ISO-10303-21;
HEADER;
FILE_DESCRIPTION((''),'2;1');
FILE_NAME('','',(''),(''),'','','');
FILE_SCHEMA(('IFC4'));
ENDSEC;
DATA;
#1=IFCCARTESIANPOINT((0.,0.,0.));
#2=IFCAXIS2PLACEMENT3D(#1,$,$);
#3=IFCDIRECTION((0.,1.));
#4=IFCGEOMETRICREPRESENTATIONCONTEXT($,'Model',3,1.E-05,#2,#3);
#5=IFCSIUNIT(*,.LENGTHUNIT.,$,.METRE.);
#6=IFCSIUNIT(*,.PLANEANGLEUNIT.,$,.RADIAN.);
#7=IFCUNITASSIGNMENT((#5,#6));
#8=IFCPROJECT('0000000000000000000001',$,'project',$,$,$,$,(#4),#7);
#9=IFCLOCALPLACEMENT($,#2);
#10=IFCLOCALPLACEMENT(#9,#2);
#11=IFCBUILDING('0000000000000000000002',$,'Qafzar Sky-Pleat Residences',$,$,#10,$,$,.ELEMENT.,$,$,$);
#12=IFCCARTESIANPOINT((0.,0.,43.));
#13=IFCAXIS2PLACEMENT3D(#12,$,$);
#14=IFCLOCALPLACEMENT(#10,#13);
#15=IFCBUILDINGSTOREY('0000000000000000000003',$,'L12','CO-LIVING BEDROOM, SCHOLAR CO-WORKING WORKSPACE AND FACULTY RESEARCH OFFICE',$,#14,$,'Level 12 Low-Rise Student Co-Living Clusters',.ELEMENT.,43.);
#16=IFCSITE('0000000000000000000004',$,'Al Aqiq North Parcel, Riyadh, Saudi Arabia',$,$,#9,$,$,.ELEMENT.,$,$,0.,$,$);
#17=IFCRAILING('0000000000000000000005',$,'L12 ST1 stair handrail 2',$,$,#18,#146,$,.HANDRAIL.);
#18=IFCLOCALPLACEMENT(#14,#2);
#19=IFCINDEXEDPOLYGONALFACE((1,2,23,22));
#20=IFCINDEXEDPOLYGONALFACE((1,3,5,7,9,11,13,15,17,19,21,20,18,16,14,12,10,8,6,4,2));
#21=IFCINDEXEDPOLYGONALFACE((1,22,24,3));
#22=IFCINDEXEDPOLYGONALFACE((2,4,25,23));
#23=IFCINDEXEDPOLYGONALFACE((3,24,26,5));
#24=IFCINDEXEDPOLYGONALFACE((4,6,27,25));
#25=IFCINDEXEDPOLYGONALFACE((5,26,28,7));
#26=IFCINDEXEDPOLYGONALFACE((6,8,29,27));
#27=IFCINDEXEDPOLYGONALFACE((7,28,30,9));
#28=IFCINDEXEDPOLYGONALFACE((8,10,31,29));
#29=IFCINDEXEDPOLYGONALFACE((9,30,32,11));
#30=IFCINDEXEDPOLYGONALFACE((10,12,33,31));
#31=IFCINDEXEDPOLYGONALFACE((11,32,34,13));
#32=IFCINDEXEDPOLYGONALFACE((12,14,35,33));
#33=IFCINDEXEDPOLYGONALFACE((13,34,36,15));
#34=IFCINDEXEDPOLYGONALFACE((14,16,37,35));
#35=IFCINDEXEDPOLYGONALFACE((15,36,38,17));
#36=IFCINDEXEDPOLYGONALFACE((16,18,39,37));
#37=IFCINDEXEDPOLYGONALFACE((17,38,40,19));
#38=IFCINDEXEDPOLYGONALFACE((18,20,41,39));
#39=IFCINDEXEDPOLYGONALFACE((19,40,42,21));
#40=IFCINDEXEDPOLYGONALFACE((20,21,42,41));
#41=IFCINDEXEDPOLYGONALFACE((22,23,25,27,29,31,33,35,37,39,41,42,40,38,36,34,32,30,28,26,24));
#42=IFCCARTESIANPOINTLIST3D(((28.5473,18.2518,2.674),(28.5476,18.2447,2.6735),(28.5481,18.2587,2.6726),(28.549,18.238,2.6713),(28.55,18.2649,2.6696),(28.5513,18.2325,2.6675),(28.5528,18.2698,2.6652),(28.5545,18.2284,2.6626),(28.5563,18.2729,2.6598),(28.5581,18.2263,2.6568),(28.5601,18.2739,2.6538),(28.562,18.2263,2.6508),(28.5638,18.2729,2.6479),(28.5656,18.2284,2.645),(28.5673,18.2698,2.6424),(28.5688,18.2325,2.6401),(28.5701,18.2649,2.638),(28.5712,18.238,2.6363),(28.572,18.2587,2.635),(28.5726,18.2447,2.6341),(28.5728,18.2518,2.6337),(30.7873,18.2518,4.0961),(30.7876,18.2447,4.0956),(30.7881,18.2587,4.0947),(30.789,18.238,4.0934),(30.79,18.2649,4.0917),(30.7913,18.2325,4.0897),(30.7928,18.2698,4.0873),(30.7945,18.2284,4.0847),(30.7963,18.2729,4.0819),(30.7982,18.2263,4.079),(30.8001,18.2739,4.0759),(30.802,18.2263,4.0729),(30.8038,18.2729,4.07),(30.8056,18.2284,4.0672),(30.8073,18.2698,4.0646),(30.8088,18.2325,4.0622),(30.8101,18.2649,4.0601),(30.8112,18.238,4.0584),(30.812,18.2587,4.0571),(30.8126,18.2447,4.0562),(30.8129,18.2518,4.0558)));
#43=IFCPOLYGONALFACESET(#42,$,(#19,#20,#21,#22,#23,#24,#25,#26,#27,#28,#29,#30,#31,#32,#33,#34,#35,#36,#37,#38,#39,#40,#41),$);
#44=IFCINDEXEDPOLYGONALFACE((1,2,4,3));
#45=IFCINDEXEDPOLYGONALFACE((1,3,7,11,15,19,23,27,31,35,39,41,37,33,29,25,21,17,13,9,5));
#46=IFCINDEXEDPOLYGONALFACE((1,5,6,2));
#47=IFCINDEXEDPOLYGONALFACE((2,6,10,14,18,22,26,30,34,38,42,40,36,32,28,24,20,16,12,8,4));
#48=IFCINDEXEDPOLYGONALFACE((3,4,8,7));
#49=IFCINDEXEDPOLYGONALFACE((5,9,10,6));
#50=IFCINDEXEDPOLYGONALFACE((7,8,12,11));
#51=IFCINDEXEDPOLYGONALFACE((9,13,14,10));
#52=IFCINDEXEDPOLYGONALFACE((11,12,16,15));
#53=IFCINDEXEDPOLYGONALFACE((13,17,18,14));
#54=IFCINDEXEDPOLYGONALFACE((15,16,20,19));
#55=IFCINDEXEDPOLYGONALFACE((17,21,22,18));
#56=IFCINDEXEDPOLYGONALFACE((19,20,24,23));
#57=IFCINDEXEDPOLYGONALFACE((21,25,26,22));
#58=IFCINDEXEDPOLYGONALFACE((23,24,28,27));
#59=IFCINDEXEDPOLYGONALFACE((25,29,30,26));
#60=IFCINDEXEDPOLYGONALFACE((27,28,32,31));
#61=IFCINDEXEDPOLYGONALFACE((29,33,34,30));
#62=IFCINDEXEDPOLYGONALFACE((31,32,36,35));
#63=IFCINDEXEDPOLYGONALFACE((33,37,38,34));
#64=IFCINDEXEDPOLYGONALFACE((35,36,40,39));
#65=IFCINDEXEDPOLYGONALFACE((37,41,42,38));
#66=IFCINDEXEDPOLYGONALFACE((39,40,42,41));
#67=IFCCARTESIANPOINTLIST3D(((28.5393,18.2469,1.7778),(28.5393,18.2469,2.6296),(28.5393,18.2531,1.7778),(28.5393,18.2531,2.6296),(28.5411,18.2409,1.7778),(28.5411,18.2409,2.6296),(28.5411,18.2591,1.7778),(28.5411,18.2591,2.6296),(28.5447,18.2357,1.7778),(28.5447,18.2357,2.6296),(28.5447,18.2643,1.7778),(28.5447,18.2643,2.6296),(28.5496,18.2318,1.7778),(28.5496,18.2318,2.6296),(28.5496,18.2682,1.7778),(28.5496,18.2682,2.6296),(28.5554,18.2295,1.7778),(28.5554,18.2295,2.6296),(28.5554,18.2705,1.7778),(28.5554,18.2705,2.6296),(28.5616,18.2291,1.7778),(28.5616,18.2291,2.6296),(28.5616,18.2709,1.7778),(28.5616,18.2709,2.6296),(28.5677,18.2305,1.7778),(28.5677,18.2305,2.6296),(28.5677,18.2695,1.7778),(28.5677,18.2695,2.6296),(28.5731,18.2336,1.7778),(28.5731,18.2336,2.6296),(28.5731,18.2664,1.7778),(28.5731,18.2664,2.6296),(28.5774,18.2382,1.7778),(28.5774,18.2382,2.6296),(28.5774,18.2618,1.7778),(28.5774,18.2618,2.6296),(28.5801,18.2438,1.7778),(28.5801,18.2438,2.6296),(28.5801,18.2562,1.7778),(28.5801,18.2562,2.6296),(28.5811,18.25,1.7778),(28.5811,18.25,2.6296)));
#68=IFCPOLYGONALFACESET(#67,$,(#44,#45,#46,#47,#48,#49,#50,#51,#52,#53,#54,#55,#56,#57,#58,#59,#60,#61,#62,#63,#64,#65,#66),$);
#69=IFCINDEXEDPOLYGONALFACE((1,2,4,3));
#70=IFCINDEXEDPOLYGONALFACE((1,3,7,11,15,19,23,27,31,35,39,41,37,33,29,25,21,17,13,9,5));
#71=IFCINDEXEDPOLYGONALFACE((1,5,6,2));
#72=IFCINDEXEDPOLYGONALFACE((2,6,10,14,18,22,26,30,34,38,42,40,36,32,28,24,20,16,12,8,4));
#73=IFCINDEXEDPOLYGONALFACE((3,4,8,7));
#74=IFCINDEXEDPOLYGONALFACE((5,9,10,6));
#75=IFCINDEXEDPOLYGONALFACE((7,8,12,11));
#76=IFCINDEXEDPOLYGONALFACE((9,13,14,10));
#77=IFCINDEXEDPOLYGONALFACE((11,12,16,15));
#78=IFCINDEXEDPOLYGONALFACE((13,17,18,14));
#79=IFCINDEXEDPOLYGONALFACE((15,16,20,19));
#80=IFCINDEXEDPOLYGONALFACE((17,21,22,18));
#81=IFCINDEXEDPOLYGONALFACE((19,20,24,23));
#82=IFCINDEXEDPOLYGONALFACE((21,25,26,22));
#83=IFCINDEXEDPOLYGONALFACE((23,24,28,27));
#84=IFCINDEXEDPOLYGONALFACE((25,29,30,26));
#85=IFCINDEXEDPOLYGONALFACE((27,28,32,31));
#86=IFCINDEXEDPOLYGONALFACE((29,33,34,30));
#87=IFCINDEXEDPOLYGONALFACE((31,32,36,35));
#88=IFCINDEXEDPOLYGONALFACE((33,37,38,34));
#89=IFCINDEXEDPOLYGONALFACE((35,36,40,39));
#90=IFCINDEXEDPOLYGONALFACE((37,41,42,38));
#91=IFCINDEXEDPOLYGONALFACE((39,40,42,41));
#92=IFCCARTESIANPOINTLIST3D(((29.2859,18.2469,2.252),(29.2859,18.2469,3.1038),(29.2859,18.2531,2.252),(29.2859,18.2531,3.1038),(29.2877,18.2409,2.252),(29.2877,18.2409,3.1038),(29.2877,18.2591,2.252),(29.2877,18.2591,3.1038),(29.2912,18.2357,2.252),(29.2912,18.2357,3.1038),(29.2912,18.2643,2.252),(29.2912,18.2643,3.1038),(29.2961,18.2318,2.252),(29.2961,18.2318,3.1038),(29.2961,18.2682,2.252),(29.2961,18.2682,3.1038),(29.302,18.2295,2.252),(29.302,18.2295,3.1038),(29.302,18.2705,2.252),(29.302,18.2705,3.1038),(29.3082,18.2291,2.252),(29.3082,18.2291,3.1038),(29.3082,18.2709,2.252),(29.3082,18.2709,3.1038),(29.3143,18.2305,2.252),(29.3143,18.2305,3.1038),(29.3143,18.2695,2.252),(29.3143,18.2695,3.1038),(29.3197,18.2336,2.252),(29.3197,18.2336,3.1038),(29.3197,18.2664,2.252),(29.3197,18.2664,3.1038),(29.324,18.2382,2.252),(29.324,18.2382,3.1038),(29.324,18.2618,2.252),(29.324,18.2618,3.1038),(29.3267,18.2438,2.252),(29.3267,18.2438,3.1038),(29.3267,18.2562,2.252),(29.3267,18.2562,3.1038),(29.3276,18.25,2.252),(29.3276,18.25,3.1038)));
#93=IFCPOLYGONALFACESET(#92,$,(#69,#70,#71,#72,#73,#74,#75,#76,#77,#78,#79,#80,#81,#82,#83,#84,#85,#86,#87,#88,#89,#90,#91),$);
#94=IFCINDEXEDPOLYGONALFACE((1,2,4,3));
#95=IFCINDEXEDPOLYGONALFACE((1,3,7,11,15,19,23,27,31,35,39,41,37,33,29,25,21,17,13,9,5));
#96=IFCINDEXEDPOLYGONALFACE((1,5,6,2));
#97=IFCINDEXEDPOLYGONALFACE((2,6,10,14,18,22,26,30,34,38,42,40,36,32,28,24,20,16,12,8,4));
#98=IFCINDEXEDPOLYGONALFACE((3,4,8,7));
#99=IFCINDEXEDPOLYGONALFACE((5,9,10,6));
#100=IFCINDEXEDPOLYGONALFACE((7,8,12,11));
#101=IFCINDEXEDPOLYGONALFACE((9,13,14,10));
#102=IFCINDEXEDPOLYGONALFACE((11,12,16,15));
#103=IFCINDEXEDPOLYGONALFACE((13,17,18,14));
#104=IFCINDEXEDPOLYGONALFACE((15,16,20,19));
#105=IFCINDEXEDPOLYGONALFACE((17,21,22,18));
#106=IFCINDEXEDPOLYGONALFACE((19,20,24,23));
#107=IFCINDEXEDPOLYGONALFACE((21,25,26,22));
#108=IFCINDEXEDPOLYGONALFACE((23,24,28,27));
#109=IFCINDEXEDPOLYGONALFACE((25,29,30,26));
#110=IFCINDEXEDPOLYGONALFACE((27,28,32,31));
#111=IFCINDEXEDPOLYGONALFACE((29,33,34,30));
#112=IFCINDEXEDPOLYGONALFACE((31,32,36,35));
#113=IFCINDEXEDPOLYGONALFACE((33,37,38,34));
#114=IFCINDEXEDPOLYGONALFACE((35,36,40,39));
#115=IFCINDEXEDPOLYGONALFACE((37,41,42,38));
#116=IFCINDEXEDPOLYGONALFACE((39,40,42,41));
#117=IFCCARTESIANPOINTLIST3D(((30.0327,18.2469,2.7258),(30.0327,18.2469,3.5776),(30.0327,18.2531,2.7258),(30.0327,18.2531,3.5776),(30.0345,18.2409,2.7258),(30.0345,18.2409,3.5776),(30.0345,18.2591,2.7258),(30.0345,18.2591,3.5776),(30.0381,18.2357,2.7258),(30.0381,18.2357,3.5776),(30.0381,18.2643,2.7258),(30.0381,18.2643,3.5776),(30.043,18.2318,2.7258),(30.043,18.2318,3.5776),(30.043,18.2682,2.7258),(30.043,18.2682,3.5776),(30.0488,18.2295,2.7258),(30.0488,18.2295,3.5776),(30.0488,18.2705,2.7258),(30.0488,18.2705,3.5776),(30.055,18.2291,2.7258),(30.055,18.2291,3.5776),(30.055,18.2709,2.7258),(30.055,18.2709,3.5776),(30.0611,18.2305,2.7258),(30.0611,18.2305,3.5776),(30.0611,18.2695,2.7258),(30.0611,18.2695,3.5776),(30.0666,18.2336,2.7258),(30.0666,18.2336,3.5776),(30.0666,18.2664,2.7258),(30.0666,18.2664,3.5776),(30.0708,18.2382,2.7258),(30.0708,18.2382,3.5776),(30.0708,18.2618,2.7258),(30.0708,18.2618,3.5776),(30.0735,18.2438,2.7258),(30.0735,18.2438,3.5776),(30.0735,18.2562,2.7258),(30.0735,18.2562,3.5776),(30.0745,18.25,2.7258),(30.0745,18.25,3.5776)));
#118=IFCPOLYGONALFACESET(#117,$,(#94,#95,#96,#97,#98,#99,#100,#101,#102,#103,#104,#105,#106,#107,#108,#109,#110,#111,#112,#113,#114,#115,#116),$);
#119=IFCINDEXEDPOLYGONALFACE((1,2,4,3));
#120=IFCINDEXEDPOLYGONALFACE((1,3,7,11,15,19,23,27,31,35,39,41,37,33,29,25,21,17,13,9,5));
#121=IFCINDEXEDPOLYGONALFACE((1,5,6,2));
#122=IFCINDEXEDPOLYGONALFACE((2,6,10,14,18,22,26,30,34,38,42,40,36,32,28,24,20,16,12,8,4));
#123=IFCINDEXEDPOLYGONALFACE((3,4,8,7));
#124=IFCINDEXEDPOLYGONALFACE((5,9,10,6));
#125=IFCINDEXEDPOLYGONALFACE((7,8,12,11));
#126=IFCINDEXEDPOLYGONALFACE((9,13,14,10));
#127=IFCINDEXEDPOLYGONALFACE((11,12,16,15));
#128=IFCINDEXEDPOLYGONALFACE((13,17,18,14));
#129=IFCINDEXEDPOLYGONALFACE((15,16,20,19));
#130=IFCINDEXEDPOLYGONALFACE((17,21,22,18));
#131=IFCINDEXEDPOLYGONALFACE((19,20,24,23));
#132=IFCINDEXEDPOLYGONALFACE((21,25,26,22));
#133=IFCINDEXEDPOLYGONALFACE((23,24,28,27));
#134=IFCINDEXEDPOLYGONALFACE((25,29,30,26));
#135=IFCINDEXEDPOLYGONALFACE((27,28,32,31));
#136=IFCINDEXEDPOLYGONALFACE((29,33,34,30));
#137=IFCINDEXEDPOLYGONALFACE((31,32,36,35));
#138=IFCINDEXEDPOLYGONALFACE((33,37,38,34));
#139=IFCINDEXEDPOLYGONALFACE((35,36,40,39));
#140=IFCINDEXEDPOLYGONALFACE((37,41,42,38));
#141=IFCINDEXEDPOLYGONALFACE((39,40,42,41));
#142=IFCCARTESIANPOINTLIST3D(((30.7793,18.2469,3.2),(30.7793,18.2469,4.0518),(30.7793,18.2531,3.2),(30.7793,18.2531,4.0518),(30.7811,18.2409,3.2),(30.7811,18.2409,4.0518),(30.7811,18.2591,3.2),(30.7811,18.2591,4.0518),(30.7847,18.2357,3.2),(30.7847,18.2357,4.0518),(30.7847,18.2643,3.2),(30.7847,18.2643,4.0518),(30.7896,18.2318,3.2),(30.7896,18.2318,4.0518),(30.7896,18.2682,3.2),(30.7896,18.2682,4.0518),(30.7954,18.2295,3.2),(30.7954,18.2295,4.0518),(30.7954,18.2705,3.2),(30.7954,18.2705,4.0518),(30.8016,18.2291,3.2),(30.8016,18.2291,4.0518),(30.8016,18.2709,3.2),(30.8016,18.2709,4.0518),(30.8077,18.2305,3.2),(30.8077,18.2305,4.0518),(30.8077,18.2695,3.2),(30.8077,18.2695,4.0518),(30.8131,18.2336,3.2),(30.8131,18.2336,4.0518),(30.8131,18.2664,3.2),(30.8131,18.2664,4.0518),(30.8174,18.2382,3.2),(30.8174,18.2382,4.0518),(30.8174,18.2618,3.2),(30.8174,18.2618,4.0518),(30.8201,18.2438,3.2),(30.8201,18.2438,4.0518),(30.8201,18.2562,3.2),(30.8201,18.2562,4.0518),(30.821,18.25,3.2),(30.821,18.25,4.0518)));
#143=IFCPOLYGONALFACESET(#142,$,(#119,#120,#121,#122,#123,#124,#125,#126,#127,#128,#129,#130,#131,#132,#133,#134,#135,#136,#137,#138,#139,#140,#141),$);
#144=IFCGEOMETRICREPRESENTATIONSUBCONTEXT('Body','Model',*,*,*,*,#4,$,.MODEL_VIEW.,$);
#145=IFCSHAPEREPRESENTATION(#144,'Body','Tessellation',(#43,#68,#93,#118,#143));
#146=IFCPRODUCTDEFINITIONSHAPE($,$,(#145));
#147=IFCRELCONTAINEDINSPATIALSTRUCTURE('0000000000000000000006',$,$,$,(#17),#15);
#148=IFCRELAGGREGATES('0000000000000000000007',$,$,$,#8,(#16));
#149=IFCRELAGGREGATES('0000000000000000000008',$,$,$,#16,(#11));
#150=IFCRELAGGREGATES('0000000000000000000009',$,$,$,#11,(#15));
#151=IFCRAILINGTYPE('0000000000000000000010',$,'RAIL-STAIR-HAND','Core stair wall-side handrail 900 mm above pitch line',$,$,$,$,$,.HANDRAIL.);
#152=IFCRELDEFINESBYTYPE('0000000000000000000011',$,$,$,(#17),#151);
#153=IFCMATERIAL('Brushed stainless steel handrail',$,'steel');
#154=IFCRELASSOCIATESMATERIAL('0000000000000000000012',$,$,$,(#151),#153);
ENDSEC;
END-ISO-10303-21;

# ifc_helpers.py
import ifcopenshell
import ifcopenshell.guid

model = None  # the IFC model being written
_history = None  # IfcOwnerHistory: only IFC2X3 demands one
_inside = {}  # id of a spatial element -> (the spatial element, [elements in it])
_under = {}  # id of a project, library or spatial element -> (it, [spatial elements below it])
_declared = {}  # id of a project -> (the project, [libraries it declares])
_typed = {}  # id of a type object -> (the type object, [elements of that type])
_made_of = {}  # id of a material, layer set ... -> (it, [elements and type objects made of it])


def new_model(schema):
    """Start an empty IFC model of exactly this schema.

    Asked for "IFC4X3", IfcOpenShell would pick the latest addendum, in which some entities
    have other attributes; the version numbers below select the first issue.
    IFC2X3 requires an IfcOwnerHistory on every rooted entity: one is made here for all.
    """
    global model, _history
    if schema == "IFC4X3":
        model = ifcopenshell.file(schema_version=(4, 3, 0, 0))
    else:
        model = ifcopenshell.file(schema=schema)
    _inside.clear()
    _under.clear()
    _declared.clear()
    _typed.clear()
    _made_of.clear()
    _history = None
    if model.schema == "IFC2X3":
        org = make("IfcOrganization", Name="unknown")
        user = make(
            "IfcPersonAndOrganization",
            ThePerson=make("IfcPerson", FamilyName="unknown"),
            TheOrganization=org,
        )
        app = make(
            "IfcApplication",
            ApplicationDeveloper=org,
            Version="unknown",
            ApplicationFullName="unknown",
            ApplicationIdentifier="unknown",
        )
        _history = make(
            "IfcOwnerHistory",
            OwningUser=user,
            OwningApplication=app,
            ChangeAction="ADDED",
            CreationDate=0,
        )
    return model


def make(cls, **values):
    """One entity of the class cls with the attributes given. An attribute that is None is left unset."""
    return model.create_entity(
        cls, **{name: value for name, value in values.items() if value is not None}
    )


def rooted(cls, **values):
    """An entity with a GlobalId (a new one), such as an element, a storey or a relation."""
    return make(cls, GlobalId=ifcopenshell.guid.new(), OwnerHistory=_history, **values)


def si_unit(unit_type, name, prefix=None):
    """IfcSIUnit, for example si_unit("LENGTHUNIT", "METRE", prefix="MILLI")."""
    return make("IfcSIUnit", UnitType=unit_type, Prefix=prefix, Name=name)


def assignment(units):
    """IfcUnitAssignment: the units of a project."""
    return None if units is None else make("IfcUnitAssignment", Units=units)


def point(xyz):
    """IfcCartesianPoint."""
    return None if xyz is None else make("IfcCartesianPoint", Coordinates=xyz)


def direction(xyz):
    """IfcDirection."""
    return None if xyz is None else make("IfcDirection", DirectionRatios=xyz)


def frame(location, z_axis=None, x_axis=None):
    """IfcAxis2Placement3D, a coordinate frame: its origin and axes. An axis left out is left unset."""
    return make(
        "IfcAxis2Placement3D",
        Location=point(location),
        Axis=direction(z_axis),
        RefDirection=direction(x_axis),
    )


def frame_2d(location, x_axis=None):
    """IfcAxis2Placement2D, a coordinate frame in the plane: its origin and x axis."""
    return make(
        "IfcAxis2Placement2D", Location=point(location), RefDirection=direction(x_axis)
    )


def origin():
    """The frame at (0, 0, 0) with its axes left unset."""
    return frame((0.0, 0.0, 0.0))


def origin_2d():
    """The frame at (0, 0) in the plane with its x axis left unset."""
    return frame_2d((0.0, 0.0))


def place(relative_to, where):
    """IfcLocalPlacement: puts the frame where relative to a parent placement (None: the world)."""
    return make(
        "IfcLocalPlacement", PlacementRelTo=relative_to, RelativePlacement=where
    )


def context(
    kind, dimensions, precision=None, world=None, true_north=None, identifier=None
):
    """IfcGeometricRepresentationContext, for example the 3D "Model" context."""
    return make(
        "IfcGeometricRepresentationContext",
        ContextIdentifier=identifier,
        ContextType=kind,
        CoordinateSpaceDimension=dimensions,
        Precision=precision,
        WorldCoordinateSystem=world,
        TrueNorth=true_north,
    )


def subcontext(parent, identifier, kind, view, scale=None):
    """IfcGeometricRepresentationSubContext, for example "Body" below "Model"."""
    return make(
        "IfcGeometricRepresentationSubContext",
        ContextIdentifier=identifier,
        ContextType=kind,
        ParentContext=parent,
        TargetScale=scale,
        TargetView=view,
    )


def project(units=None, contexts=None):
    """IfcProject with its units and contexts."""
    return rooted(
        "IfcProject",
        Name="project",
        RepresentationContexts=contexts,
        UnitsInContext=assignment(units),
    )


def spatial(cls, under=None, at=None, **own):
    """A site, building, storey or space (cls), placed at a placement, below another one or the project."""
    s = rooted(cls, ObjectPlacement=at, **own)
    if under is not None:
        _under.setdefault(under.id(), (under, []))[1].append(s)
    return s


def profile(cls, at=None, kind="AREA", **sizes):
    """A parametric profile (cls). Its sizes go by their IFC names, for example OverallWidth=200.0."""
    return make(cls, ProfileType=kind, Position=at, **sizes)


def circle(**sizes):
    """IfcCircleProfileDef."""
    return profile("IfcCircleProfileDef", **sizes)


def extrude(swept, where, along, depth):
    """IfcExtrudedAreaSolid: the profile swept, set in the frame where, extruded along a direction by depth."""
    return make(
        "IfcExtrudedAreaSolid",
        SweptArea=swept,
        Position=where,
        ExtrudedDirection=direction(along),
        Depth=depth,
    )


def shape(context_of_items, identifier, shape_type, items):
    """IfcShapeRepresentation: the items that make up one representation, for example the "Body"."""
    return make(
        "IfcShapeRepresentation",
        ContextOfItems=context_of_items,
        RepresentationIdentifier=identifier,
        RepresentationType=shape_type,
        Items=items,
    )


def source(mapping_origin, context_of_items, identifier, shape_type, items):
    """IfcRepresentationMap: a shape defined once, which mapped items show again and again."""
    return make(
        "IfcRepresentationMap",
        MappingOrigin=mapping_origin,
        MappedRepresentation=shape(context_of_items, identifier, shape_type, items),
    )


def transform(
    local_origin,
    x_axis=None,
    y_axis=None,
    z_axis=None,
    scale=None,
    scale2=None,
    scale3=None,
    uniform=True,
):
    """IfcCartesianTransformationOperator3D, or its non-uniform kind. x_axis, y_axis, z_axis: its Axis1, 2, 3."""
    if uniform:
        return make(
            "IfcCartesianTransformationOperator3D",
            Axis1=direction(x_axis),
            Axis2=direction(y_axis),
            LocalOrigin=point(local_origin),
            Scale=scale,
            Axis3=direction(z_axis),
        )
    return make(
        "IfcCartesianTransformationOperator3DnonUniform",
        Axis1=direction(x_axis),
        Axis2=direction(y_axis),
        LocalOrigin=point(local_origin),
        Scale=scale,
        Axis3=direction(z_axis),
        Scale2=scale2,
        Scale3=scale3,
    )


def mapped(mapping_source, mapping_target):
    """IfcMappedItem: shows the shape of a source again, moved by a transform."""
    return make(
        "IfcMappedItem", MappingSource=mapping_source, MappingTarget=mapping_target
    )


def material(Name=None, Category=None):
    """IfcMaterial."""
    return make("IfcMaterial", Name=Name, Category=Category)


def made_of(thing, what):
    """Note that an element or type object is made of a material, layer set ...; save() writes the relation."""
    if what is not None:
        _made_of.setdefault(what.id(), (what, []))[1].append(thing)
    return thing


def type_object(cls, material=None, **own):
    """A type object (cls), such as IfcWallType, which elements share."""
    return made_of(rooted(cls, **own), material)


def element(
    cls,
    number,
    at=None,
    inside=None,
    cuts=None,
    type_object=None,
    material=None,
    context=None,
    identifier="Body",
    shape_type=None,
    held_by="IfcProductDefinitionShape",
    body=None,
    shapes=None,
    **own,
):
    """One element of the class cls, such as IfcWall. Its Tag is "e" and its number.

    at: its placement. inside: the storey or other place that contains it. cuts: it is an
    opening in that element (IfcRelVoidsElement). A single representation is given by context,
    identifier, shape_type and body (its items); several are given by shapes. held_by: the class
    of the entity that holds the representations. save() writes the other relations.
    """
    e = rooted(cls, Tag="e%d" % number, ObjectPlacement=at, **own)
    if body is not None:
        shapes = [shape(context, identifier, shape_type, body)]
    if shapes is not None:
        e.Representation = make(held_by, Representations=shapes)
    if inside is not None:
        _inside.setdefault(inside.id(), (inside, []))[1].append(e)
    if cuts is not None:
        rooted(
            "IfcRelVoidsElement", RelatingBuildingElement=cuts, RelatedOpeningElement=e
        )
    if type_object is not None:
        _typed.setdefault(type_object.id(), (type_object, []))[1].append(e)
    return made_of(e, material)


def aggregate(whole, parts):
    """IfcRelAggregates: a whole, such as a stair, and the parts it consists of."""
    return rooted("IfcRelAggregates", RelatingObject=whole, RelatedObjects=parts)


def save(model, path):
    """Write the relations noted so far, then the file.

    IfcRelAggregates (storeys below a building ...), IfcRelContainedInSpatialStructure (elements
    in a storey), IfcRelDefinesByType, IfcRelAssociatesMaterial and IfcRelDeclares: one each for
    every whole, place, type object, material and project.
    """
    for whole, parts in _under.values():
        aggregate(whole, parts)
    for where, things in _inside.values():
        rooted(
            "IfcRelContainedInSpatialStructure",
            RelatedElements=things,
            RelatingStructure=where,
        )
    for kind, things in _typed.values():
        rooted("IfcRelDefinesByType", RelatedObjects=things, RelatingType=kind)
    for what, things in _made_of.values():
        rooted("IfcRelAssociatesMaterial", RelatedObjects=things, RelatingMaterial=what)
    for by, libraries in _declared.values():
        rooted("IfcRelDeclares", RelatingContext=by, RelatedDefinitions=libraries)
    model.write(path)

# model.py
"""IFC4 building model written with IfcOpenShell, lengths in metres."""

from ifc_helpers import new_model, si_unit, direction, frame, origin, origin_2d, place, context, subcontext, project, spatial, circle, extrude, source, transform, mapped, material, type_object, element, save


model = new_model("IFC4")

# Units and contexts
model_context = context("Model", 3, precision=1e-05, world=origin(), true_north=direction((0.0, 1.0)))
body_context = subcontext(model_context, "Body", "Model", "MODEL_VIEW")
ifc_project = project(units=[si_unit("LENGTHUNIT", "METRE"), si_unit("PLANEANGLEUNIT", "RADIAN")], contexts=[model_context])

# Site, building, storey
site_placement = place(None, origin())
site = spatial("IfcSite", under=ifc_project, at=site_placement, Name="Al Aqiq North Parcel, Riyadh, Saudi Arabia", CompositionType="ELEMENT", RefElevation=0.0)
building_placement = place(site_placement, origin())
building = spatial("IfcBuilding", under=site, at=building_placement, Name="Qafzar Sky-Pleat Residences", CompositionType="ELEMENT")
storey_placement = place(building_placement, frame((0.0, 0.0, 43.0)))
storey = spatial("IfcBuildingStorey", under=building, at=storey_placement, Name="L12", Description="CO-LIVING BEDROOM, SCHOLAR CO-WORKING WORKSPACE AND FACULTY RESEARCH OFFICE", LongName="Level 12 Low-Rise Student Co-Living Clusters", CompositionType="ELEMENT", Elevation=43.0)

# Railing
ifc_material_1 = material(Name="Brushed stainless steel handrail", Category="steel")
railing_type_1 = type_object("IfcRailingType", Name="RAIL-STAIR-HAND", Description="Core stair wall-side handrail 900 mm above pitch line", PredefinedType="HANDRAIL", material=ifc_material_1)
shared_shape_1 = source(origin(), body_context, "Body", "SweptSolid", [
    extrude(circle(Radius=0.0239, at=origin_2d()), frame((0.0, 0.0, 0.876), z_axis=(0.844229, 0.0, 0.535982), x_axis=(0.0, 1.0, 0.0)), (0.0, 0.0, 1.0), 2.6533),
    extrude(circle(Radius=0.021, at=origin_2d()), origin(), (0.0, 0.0, 1.0), 0.8518),
    extrude(circle(Radius=0.021, at=origin_2d()), frame((0.7466, 0.0, 0.4741)), (0.0, 0.0, 1.0), 0.8518),
    extrude(circle(Radius=0.021, at=origin_2d()), frame((1.4934, 0.0, 0.948)), (0.0, 0.0, 1.0), 0.8518),
    extrude(circle(Radius=0.021, at=origin_2d()), frame((2.24, 0.0, 1.4221)), (0.0, 0.0, 1.0), 0.8518),
])
for number, where, name in (
    (1, (28.5601, 18.25, 1.7778), "L12 ST1 stair handrail 2"),
):
    element("IfcRailing", number, at=place(storey_placement, frame(where)), inside=storey, type_object=railing_type_1, Name=name, PredefinedType="HANDRAIL", context=body_context, shape_type="MappedRepresentation", body=[
        mapped(shared_shape_1, transform((0.0, 0.0, 0.0), x_axis=(1.0, 0.0, 0.0), y_axis=(0.0, 1.0, 0.0), z_axis=(0.0, 0.0, 1.0), scale=1.0)),
    ])

save(model, "model.ifc")
